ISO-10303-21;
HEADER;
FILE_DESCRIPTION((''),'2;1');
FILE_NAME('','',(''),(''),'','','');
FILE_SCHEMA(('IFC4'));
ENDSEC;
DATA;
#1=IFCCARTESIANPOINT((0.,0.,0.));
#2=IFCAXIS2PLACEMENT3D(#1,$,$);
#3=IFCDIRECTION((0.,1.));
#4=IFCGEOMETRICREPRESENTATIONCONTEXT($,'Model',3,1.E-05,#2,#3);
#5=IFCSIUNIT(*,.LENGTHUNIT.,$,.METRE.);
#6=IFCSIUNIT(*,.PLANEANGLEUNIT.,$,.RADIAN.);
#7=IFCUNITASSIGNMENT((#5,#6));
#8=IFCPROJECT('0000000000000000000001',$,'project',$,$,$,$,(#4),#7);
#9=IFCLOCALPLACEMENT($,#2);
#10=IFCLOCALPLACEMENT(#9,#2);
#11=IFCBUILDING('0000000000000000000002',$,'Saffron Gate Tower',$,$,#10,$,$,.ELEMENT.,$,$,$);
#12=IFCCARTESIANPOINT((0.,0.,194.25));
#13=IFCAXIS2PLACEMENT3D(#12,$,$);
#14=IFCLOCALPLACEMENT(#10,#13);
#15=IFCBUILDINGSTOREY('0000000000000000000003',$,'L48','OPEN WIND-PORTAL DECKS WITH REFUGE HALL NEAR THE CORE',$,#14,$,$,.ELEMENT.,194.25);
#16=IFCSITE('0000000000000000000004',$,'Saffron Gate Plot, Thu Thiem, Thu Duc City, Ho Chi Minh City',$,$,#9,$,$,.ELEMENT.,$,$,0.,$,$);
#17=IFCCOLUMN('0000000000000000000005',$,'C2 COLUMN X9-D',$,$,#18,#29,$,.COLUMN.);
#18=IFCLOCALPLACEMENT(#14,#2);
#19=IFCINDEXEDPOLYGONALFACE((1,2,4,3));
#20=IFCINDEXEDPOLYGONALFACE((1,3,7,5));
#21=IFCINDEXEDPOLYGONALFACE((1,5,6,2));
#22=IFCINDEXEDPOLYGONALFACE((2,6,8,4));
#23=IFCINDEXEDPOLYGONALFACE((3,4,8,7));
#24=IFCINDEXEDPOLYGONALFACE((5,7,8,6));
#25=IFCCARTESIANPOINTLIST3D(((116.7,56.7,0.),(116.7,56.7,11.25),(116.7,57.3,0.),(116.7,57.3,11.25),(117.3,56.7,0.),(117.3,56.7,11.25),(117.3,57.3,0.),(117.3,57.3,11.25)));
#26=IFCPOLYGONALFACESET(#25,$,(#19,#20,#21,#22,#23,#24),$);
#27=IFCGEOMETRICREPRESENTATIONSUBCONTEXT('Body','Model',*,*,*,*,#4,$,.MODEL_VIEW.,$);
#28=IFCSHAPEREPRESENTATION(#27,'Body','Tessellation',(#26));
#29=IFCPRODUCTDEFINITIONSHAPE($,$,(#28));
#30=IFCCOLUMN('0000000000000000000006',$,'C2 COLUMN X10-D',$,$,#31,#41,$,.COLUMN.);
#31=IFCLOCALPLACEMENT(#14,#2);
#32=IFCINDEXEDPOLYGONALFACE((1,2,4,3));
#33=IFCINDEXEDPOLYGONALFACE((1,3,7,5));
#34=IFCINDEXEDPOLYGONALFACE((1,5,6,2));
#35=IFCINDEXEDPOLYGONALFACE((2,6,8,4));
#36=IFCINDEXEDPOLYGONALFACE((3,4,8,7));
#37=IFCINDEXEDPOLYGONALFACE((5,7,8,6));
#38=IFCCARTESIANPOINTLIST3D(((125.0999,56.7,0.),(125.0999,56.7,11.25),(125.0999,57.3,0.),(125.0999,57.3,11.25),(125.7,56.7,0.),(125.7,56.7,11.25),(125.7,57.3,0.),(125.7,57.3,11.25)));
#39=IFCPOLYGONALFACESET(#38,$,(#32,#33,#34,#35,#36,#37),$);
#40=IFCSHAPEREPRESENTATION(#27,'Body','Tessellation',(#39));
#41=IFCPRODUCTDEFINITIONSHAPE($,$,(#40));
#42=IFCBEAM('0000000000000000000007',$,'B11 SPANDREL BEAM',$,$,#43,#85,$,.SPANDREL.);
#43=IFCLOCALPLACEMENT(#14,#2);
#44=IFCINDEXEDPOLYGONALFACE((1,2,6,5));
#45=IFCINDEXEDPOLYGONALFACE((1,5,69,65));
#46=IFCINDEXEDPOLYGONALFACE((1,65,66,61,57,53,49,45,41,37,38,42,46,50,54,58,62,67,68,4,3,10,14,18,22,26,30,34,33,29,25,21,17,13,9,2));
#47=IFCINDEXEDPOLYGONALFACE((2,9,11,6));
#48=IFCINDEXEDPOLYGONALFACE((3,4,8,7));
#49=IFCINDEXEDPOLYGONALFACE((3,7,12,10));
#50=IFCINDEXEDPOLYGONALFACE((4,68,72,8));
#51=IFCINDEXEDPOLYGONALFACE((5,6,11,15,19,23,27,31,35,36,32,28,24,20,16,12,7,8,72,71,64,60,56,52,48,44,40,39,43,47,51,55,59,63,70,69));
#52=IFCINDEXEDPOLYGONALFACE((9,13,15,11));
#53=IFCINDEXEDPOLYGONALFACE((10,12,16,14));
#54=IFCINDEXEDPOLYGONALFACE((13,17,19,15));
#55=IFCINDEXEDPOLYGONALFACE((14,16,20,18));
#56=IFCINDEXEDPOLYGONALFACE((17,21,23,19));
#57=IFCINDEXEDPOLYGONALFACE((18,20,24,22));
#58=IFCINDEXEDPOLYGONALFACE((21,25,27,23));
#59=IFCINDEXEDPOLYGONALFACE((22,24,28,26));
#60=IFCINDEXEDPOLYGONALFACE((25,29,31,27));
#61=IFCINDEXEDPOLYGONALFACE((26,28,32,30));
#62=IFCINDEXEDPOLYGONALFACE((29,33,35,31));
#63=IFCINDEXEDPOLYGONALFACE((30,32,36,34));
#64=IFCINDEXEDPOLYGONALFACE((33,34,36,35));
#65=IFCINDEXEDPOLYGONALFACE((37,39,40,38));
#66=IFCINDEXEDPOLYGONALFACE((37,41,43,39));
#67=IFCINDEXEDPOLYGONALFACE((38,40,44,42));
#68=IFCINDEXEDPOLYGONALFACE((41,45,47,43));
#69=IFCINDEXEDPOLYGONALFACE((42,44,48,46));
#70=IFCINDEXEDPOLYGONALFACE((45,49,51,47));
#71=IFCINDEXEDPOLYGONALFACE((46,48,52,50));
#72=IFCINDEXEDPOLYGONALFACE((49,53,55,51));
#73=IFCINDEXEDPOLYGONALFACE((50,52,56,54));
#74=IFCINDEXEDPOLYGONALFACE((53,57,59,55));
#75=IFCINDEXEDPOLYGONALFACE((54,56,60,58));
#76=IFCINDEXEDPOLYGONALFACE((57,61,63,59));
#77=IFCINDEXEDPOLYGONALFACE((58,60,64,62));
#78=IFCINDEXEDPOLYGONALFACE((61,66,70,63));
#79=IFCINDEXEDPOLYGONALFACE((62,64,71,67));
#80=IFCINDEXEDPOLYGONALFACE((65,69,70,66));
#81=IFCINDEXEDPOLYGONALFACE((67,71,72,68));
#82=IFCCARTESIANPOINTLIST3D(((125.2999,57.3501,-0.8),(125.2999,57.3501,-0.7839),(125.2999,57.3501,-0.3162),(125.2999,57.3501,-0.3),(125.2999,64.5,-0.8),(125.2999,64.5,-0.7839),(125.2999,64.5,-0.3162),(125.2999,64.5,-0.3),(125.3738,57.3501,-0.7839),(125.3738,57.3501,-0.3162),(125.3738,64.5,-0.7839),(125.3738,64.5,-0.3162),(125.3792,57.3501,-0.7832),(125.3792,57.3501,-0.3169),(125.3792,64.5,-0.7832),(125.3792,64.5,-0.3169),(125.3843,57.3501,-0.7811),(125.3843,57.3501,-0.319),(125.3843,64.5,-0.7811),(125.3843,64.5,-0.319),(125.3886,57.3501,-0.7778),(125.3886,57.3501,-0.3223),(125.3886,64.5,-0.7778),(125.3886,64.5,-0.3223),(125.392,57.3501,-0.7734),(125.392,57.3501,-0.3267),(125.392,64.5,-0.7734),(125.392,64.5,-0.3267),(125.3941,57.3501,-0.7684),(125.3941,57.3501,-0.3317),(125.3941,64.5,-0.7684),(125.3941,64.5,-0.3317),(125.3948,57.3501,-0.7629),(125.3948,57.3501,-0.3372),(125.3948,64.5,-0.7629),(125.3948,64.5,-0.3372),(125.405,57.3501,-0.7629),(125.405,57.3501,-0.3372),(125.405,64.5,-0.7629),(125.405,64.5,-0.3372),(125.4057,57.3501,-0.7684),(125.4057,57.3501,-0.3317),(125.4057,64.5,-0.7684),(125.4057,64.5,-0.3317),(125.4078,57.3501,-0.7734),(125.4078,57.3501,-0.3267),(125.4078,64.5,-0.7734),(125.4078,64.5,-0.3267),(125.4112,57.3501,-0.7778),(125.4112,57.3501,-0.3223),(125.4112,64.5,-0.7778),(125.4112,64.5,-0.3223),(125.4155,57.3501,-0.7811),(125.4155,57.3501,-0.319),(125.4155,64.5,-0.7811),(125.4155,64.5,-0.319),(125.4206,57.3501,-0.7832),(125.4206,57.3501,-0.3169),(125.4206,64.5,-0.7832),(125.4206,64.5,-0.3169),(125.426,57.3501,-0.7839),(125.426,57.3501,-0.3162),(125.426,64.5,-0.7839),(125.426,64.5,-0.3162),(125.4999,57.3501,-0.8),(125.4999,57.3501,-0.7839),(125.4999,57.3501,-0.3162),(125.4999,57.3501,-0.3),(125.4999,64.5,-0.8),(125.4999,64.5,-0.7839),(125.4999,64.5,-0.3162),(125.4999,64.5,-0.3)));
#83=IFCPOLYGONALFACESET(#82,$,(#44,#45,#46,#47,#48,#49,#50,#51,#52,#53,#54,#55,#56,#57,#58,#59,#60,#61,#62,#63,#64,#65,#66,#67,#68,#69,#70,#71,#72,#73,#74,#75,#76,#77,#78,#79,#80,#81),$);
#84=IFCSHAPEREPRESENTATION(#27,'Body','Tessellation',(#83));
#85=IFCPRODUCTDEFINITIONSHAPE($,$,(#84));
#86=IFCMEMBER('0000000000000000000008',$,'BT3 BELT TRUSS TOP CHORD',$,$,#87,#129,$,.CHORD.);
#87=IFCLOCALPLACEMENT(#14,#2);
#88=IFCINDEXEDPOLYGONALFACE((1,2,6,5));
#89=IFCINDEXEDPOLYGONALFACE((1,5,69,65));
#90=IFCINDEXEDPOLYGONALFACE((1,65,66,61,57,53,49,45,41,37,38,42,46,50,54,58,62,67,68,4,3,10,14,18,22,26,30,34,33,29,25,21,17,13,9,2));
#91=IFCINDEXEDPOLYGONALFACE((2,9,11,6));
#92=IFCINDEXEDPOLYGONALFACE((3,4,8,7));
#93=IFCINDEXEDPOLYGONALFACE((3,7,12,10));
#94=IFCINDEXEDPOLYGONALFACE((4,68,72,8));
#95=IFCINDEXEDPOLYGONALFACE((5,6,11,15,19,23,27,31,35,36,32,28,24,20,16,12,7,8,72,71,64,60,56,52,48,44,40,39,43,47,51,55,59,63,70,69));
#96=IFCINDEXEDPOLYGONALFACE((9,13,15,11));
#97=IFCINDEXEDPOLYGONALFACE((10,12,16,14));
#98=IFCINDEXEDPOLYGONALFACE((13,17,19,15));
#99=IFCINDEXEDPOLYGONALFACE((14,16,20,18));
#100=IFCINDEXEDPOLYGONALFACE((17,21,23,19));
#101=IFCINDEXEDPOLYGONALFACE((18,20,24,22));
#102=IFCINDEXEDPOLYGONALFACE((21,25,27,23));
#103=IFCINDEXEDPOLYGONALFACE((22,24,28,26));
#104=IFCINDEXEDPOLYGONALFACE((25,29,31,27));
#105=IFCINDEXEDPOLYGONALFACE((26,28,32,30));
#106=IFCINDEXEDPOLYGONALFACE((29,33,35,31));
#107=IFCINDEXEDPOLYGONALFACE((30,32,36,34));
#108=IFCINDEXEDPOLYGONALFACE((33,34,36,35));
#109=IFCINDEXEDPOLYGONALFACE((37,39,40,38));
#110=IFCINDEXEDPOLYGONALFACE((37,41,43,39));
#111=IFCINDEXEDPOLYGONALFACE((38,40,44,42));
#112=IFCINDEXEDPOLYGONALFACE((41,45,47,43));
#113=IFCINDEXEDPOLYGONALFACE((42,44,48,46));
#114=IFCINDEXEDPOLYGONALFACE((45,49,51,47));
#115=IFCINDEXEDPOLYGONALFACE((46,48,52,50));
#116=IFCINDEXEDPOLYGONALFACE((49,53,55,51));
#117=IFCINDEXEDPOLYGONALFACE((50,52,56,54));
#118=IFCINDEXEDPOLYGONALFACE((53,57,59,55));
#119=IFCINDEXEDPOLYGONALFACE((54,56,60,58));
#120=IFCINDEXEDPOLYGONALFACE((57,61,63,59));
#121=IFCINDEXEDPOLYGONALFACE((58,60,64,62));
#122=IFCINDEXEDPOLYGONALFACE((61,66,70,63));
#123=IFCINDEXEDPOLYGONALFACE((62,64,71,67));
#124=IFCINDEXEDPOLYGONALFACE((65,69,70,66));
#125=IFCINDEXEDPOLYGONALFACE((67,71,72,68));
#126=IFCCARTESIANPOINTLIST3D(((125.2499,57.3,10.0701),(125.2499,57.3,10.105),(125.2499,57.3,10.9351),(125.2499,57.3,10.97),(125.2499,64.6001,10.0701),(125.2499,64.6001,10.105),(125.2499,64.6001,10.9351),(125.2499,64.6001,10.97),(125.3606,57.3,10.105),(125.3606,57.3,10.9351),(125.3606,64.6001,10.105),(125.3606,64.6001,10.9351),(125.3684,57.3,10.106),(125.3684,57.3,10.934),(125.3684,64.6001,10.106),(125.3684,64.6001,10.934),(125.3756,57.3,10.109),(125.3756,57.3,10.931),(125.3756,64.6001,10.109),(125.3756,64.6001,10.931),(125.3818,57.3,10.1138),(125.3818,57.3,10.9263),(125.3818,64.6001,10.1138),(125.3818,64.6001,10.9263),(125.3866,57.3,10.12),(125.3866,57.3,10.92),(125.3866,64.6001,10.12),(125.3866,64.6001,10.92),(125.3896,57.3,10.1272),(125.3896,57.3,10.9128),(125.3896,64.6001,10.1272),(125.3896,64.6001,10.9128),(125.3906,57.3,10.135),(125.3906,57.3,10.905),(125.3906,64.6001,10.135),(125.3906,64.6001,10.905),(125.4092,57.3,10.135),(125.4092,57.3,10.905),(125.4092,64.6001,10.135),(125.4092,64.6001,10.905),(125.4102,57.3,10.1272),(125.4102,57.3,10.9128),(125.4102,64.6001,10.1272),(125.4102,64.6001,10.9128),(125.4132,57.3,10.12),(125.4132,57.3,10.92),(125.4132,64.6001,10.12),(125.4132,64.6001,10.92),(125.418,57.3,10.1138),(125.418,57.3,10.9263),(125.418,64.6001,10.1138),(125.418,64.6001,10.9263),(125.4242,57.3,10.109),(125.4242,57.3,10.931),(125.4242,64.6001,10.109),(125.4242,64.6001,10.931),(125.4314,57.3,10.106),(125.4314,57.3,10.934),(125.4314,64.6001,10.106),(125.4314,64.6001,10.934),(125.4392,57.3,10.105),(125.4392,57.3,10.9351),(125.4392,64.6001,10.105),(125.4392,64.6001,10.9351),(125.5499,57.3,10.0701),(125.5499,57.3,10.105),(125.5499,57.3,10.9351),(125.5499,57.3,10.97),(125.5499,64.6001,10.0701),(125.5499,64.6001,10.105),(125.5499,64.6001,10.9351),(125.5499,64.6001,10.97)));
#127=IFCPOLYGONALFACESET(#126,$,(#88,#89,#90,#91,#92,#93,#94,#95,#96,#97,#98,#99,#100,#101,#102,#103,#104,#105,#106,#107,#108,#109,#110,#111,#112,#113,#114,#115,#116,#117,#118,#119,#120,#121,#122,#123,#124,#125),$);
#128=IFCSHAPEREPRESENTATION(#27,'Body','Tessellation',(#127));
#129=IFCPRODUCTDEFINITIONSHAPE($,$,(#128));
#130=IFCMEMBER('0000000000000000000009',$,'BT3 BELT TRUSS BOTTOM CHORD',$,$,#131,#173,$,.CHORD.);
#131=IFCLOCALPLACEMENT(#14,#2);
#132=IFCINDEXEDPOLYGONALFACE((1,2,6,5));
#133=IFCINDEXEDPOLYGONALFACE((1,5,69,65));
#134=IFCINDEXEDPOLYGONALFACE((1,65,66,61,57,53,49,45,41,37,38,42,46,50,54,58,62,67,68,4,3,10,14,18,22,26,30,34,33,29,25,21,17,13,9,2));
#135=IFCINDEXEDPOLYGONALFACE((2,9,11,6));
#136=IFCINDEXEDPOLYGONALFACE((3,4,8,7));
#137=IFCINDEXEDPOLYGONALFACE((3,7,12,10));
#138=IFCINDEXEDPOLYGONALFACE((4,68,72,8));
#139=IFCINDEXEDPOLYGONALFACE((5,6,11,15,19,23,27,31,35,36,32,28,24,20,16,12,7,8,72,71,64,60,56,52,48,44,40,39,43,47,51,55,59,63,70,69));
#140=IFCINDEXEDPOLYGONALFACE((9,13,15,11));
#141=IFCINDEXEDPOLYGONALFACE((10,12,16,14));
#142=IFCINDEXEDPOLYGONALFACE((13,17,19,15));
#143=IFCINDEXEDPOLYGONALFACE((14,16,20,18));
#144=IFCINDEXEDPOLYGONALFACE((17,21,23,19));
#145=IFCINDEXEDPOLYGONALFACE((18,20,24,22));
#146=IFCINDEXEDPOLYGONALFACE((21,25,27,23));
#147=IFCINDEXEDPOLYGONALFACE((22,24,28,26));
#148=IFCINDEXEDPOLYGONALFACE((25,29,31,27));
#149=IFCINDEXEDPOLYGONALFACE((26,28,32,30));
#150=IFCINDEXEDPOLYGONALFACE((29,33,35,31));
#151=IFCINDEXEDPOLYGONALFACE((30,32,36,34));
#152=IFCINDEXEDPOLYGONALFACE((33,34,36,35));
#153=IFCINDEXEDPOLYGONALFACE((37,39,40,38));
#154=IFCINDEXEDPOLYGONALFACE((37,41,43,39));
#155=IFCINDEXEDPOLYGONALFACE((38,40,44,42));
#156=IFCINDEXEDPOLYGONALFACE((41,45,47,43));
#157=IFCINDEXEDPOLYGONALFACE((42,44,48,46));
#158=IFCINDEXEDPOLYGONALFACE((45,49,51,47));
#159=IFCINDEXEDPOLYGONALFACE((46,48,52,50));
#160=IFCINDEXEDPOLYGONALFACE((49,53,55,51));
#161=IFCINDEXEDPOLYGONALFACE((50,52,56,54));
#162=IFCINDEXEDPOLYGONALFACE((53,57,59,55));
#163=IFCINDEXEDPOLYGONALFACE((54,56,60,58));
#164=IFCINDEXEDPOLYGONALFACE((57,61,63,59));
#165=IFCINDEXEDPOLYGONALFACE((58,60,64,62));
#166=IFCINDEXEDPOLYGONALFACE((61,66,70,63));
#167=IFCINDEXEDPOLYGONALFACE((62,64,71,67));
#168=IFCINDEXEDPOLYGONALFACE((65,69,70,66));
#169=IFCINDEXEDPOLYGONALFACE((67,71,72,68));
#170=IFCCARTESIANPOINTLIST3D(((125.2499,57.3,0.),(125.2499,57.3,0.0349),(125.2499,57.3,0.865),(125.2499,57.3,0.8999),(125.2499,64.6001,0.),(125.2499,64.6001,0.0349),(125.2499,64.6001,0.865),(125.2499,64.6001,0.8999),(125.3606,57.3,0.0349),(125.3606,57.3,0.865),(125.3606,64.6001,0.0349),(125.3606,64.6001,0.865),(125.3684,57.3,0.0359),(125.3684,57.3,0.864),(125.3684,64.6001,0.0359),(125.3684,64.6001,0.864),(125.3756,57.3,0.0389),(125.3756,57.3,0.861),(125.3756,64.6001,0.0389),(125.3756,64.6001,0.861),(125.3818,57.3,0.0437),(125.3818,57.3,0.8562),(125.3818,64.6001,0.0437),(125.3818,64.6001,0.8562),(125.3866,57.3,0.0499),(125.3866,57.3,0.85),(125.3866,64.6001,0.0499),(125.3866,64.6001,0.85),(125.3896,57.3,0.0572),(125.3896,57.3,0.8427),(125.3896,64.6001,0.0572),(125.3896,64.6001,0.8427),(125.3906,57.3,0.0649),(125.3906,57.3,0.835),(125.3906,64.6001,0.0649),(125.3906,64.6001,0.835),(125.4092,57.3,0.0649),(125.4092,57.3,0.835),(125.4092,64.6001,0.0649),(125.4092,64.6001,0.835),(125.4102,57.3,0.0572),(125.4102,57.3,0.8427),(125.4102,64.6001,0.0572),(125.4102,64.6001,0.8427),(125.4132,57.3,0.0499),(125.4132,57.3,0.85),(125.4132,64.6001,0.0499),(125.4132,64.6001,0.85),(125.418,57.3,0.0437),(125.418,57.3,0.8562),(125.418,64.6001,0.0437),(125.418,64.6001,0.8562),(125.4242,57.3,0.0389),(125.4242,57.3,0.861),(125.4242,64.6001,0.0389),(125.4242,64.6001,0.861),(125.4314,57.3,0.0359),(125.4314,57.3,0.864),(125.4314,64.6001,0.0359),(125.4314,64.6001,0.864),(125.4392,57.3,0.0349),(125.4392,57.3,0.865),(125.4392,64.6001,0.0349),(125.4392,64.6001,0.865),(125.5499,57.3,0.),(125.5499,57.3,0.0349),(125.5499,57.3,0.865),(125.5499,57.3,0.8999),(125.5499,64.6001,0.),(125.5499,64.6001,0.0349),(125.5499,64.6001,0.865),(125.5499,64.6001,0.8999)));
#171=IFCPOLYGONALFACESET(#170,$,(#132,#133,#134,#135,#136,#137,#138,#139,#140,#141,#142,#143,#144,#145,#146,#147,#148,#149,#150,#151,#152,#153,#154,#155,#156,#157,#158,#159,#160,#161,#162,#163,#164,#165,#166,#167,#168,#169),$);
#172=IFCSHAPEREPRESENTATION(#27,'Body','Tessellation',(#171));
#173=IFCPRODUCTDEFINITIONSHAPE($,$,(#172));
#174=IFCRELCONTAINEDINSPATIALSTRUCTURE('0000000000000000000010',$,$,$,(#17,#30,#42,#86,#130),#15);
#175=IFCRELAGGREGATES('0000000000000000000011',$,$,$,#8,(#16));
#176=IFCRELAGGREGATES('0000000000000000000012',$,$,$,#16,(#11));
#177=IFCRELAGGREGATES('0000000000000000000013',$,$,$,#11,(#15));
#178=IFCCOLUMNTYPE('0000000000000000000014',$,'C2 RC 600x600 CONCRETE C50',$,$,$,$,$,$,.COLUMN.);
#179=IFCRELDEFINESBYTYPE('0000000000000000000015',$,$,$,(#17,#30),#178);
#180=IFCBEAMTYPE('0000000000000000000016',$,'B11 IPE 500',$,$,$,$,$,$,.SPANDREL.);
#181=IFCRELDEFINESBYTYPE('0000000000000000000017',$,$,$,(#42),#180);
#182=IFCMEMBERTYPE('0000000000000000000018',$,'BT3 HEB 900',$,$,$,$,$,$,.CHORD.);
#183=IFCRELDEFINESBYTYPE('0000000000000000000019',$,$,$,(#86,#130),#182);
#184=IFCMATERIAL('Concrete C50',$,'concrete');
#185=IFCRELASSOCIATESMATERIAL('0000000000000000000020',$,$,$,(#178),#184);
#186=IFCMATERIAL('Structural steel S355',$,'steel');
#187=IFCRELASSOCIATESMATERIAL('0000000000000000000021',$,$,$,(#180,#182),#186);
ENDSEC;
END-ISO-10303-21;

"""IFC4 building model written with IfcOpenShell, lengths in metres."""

from ifc_helpers import new_model, si_unit, direction, frame, origin, origin_2d, place, context, subcontext, project, spatial, rectangle, i_section, extrude, material, material_profile, profile_set, type_object, element, save


model = new_model("IFC4")

# Units and contexts
model_context = context("Model", 3, precision=1e-05, world=origin(), true_north=direction((0.0, 1.0)))
body_context = subcontext(model_context, "Body", "Model", "MODEL_VIEW")
ifc_project = project(units=[si_unit("LENGTHUNIT", "METRE"), si_unit("PLANEANGLEUNIT", "RADIAN")], contexts=[model_context])

# Site, building, storey
site_placement = place(None, origin())
site = spatial("IfcSite", under=ifc_project, at=site_placement, Name="Saffron Gate Plot, Thu Thiem, Thu Duc City, Ho Chi Minh City", CompositionType="ELEMENT", RefElevation=0.0)
building_placement = place(site_placement, origin())
building = spatial("IfcBuilding", under=site, at=building_placement, Name="Saffron Gate Tower", CompositionType="ELEMENT")
storey_placement = place(building_placement, frame((0.0, 0.0, 194.25)))
storey = spatial("IfcBuildingStorey", under=building, at=storey_placement, Name="L48", Description="OPEN WIND-PORTAL DECKS WITH REFUGE HALL NEAR THE CORE", CompositionType="ELEMENT", Elevation=194.25)

# Columns
ifc_material_1 = material(Name="Concrete C50", Category="concrete")
ifc_material_profile_1 = material_profile(ifc_material_1, rectangle(XDim=0.6001, YDim=0.6001, at=origin_2d()))
ifc_profile_set_1 = profile_set([ifc_material_profile_1], Name="Concrete C50")
column_type = type_object("IfcColumnType", Name="C2 RC 600x600 CONCRETE C50", PredefinedType="COLUMN", material=ifc_profile_set_1)
for number, where, z_axis, x_axis, name in (
    (1, (117.0, 57.0, 0.0), (0.0, 0.0, 1.0), (1.0, 0.0, 0.0), "C2 COLUMN X9-D"),
    (2, (125.3999, 57.0, 0.0), (0.0, 0.0, 1.0), (1.0, 0.0, 0.0), "C2 COLUMN X10-D"),
):
    element("IfcColumn", number, at=place(storey_placement, frame(where, z_axis=z_axis, x_axis=x_axis)), inside=storey, type_object=column_type, Name=name, PredefinedType="COLUMN", context=body_context, shape_type="SweptSolid", body=[
        extrude(rectangle(XDim=0.6001, YDim=0.6001, at=origin_2d()), origin(), (0.0, 0.0, 1.0), 11.25),
    ])

# Beam
ifc_material_2 = material(Name="Structural steel S355", Category="steel")
ifc_material_profile_2 = material_profile(ifc_material_2, i_section(OverallWidth=0.2, OverallDepth=0.5, WebThickness=0.0103, FlangeThickness=0.0161, FilletRadius=0.021, at=origin_2d()))
ifc_profile_set_2 = profile_set([ifc_material_profile_2], Name="Structural steel S355")
beam_type = type_object("IfcBeamType", Name="B11 IPE 500", PredefinedType="SPANDREL", material=ifc_profile_set_2)
beam_placement = place(storey_placement, frame((125.3999, 57.3501, -0.55), z_axis=(0.0, 1.0, 0.0), x_axis=(-1.0, 0.0, 0.0)))
element("IfcBeam", 3, at=beam_placement, inside=storey, type_object=beam_type, Name="B11 SPANDREL BEAM", PredefinedType="SPANDREL", context=body_context, shape_type="SweptSolid", body=[
    extrude(i_section(OverallWidth=0.2, OverallDepth=0.5, WebThickness=0.0103, FlangeThickness=0.0161, FilletRadius=0.021, at=origin_2d()), origin(), (0.0, 0.0, 1.0), 7.1499),
])

# Members
ifc_material_profile_3 = material_profile(ifc_material_2, i_section(OverallWidth=0.3, OverallDepth=0.8999, WebThickness=0.0186, FlangeThickness=0.0349, FilletRadius=0.03, at=origin_2d()))
ifc_profile_set_3 = profile_set([ifc_material_profile_3], Name="Structural steel S355")
member_type_1 = type_object("IfcMemberType", Name="BT3 HEB 900", PredefinedType="CHORD", material=ifc_profile_set_3)
for number, where, z_axis, x_axis, name in (
    (4, (125.3999, 57.3, 10.52), (0.0, 1.0, 0.0), (-1.0, 0.0, 0.0), "BT3 BELT TRUSS TOP CHORD"),
    (5, (125.3999, 57.3, 0.45), (0.0, 1.0, 0.0), (-1.0, 0.0, 0.0), "BT3 BELT TRUSS BOTTOM CHORD"),
):
    element("IfcMember", number, at=place(storey_placement, frame(where, z_axis=z_axis, x_axis=x_axis)), inside=storey, type_object=member_type_1, Name=name, PredefinedType="CHORD", context=body_context, shape_type="SweptSolid", body=[
        extrude(i_section(OverallWidth=0.3, OverallDepth=0.8999, WebThickness=0.0186, FlangeThickness=0.0349, FilletRadius=0.03, at=origin_2d()), origin(), (0.0, 0.0, 1.0), 7.3),
    ])

save(model, "model.ifc")
